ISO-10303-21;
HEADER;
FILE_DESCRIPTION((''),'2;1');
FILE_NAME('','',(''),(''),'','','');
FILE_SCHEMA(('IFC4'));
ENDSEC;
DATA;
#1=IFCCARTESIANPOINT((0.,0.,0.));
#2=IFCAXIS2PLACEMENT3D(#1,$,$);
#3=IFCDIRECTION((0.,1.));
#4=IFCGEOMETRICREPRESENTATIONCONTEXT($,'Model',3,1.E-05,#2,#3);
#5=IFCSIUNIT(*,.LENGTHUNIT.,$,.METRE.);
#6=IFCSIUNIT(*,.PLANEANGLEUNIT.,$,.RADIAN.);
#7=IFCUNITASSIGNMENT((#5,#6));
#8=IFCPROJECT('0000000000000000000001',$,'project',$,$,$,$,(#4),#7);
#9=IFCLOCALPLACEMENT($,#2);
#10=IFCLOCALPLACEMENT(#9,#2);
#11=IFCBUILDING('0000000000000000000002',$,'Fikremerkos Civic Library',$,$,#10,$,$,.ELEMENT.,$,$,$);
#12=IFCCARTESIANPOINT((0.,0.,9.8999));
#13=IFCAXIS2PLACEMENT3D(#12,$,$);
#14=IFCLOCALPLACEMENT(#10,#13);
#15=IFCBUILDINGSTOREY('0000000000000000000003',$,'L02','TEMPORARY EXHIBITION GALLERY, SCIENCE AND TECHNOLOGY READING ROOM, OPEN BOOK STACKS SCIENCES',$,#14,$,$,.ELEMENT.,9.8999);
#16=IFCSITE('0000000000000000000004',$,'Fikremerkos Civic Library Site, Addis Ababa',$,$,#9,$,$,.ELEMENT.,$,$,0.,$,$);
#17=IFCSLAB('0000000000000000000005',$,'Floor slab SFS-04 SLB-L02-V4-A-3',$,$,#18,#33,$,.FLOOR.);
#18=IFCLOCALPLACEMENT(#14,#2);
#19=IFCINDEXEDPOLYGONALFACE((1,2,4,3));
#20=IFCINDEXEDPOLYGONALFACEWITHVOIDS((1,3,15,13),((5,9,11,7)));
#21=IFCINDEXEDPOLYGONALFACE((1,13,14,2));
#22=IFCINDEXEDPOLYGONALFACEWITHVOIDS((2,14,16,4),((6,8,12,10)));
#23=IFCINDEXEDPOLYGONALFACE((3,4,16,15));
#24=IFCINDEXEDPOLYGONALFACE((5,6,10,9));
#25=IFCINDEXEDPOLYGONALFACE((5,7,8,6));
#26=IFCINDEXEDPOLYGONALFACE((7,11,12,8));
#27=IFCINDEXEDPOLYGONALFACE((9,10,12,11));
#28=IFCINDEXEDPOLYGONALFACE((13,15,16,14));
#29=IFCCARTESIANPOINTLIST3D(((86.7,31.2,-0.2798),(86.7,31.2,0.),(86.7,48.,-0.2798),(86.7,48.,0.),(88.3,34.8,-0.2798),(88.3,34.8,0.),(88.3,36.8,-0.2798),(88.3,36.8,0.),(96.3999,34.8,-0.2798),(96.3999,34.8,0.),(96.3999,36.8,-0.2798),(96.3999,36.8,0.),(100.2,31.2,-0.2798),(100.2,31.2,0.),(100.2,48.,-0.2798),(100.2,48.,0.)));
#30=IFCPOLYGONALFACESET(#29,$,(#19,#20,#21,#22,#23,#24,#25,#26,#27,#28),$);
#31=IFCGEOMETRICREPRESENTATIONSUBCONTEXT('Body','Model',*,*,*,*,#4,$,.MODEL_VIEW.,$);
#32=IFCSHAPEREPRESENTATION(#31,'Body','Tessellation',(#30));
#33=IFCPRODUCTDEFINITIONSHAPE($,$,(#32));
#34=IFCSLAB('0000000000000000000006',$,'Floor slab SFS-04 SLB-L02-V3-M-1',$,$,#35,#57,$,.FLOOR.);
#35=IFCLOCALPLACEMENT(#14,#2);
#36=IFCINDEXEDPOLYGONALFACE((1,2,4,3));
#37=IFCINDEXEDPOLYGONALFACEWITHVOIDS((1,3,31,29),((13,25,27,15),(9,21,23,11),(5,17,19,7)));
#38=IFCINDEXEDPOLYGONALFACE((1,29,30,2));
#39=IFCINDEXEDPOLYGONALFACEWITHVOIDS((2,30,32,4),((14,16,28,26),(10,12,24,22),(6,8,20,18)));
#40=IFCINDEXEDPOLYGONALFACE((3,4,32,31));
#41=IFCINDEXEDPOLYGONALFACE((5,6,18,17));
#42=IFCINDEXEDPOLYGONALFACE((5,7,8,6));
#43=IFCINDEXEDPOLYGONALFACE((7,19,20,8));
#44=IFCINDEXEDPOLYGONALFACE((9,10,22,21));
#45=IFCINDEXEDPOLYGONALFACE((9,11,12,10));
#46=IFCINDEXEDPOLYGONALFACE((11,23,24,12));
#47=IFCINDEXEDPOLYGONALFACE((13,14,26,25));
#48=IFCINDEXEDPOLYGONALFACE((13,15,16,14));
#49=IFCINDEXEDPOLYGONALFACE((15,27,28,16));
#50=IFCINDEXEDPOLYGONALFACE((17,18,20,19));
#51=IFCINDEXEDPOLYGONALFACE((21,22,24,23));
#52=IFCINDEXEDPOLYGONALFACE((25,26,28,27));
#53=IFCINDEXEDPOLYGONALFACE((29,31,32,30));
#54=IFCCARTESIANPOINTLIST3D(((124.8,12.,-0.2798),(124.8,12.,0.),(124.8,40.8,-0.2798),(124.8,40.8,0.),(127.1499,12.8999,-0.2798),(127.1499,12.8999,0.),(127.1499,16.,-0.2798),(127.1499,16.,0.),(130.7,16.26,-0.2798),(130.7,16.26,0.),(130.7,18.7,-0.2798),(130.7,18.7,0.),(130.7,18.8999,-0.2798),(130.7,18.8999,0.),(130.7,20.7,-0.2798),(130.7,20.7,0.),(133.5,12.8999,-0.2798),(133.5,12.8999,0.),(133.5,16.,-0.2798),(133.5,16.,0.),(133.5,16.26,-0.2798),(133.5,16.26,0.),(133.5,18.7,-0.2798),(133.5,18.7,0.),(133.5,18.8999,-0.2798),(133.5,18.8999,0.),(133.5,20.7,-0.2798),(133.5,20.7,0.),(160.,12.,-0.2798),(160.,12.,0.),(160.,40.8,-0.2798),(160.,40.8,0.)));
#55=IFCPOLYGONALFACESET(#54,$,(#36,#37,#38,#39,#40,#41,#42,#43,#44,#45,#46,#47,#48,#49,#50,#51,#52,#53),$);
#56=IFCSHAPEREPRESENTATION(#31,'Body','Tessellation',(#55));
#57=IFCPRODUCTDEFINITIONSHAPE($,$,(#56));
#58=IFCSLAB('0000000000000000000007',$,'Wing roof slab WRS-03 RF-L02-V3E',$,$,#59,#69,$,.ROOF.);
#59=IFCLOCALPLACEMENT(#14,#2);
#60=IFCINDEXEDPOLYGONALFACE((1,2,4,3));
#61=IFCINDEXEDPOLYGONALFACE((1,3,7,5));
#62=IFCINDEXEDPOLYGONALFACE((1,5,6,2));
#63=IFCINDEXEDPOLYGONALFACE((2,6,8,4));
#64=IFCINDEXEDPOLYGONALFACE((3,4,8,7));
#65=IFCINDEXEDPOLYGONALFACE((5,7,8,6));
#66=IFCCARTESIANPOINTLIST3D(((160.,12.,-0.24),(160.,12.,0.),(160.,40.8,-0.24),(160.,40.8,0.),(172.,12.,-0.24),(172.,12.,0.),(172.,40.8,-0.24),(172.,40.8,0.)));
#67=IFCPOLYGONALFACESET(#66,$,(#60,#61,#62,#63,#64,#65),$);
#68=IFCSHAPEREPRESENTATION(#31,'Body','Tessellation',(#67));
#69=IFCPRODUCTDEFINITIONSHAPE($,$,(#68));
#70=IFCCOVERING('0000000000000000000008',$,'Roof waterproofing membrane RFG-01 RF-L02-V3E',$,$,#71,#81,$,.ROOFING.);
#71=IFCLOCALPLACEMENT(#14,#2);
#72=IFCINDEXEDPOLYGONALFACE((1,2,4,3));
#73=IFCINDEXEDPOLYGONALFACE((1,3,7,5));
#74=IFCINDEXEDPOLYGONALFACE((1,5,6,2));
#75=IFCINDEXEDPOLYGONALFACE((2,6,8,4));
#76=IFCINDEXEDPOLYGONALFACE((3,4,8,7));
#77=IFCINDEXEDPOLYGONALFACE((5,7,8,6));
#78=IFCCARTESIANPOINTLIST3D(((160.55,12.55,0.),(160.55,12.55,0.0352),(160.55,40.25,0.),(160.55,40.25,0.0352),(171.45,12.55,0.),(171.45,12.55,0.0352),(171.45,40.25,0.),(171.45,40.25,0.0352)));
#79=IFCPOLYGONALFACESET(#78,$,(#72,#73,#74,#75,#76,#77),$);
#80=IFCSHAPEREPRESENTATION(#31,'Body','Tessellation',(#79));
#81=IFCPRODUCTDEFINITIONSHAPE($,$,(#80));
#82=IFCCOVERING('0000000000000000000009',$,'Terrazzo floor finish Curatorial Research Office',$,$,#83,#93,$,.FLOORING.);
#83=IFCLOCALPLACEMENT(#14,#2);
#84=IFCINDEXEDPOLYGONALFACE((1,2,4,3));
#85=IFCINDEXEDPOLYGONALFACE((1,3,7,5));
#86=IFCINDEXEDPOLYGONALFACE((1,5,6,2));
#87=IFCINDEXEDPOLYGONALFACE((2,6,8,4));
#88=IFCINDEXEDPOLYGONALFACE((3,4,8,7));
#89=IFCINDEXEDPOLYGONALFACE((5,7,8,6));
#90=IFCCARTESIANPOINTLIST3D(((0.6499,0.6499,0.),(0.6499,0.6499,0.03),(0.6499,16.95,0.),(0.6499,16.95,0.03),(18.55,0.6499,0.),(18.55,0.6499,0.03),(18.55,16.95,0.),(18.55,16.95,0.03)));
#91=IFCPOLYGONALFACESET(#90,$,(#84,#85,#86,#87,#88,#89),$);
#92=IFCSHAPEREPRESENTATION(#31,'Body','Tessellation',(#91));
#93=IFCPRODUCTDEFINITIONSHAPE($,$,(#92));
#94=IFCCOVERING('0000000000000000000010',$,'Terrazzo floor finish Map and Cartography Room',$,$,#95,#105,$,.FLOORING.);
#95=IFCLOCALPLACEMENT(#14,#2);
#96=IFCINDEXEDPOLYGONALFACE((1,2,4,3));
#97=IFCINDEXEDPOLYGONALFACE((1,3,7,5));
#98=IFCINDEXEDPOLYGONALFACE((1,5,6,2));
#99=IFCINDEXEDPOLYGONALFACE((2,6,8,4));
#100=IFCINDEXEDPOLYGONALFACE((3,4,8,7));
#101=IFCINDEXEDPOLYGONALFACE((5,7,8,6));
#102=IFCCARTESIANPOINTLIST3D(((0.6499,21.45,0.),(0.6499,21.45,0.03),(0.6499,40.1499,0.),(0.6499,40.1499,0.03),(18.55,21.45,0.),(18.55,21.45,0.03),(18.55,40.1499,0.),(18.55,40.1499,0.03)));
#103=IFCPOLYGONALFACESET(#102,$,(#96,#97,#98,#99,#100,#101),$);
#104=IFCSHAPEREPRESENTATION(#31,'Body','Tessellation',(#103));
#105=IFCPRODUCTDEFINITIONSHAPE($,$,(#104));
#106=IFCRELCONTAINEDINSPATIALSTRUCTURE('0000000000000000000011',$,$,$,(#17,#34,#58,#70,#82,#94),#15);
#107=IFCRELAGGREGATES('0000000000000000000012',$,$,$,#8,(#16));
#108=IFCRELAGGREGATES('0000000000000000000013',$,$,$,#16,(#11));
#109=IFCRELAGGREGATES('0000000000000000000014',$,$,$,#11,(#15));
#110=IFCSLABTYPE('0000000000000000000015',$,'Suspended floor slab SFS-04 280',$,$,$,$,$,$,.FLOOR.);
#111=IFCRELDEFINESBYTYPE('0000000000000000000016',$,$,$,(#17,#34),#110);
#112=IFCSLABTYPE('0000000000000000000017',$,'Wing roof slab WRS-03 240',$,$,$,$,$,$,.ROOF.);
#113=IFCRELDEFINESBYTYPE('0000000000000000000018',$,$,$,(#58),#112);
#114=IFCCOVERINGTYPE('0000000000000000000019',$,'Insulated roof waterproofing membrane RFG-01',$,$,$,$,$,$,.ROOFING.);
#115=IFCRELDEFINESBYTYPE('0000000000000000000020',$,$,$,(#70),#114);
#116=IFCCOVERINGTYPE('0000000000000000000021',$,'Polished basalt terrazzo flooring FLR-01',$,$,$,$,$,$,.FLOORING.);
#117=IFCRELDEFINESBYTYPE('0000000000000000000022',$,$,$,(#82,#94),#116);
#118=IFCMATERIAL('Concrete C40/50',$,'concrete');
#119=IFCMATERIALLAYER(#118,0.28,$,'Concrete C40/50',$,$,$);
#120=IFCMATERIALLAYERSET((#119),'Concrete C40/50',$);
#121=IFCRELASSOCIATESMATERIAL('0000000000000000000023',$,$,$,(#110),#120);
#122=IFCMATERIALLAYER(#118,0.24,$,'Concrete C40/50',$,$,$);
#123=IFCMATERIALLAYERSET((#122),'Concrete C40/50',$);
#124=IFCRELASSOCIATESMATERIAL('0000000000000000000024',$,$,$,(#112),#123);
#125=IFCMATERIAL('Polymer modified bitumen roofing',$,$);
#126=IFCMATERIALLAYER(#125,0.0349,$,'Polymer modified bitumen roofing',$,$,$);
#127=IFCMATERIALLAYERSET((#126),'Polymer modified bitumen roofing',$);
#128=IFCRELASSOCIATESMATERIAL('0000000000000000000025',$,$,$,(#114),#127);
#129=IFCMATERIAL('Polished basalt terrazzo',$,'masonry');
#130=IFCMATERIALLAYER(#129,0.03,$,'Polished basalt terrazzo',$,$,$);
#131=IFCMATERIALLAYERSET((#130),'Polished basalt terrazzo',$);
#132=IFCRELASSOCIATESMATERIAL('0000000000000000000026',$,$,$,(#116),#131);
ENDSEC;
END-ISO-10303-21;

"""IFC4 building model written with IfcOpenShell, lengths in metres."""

from ifc_helpers import new_model, si_unit, direction, frame, origin, place, context, subcontext, project, spatial, polyline, outline, extrude, material, layer, layer_set, type_object, element, save


model = new_model("IFC4")

# Units and contexts
model_context = context("Model", 3, precision=1e-05, world=origin(), true_north=direction((0.0, 1.0)))
body_context = subcontext(model_context, "Body", "Model", "MODEL_VIEW")
ifc_project = project(units=[si_unit("LENGTHUNIT", "METRE"), si_unit("PLANEANGLEUNIT", "RADIAN")], contexts=[model_context])

# Site, building, storey
site_placement = place(None, origin())
site = spatial("IfcSite", under=ifc_project, at=site_placement, Name="Fikremerkos Civic Library Site, Addis Ababa", CompositionType="ELEMENT", RefElevation=0.0)
building_placement = place(site_placement, origin())
building = spatial("IfcBuilding", under=site, at=building_placement, Name="Fikremerkos Civic Library", CompositionType="ELEMENT")
storey_placement = place(building_placement, frame((0.0, 0.0, 9.8999)))
storey = spatial("IfcBuildingStorey", under=building, at=storey_placement, Name="L02", Description="TEMPORARY EXHIBITION GALLERY, SCIENCE AND TECHNOLOGY READING ROOM, OPEN BOOK STACKS SCIENCES", CompositionType="ELEMENT", Elevation=9.8999)

# Shared definitions
ifc_material_1 = material(Name="Concrete C40/50", Category="concrete")

# Slabs
ifc_layer_1 = layer(ifc_material_1, 0.28, Name="Concrete C40/50")
ifc_layer_set_1 = layer_set([ifc_layer_1], Name="Concrete C40/50")
slab_type_1 = type_object("IfcSlabType", Name="Suspended floor slab SFS-04 280", PredefinedType="FLOOR", material=ifc_layer_set_1)
slab_1_placement = place(storey_placement, frame((0.0, 0.0, -0.2798)))
element("IfcSlab", 1, at=slab_1_placement, inside=storey, type_object=slab_type_1, Name="Floor slab SFS-04 SLB-L02-V4-A-3", PredefinedType="FLOOR", context=body_context, shape_type="SweptSolid", body=[
    extrude(outline(polyline([(86.7, 31.2), (100.2, 31.2), (100.2, 48.0), (86.7, 48.0), (86.7, 31.2)]), holes=[polyline([(88.3, 34.8), (96.3999, 34.8), (96.3999, 36.8), (88.3, 36.8), (88.3, 34.8)])]), origin(), (0.0, 0.0, 1.0), 0.2798),
])
slab_2_placement = place(storey_placement, frame((0.0, 0.0, -0.2798)))
element("IfcSlab", 2, at=slab_2_placement, inside=storey, type_object=slab_type_1, Name="Floor slab SFS-04 SLB-L02-V3-M-1", PredefinedType="FLOOR", context=body_context, shape_type="SweptSolid", body=[
    extrude(outline(polyline([(124.8, 12.0), (160.0, 12.0), (160.0, 40.8), (124.8, 40.8), (124.8, 12.0)]), holes=[polyline([(127.1499, 12.8999), (133.5, 12.8999), (133.5, 16.0), (127.1499, 16.0), (127.1499, 12.8999)]), polyline([(130.7, 16.26), (133.5, 16.26), (133.5, 18.7), (130.7, 18.7), (130.7, 16.26)]), polyline([(130.7, 18.8999), (133.5, 18.8999), (133.5, 20.7), (130.7, 20.7), (130.7, 18.8999)])]), origin(), (0.0, 0.0, 1.0), 0.2798),
])
ifc_layer_2 = layer(ifc_material_1, 0.24, Name="Concrete C40/50")
ifc_layer_set_2 = layer_set([ifc_layer_2], Name="Concrete C40/50")
slab_type_2 = type_object("IfcSlabType", Name="Wing roof slab WRS-03 240", PredefinedType="ROOF", material=ifc_layer_set_2)
slab_3_placement = place(storey_placement, frame((0.0, 0.0, -0.24)))
element("IfcSlab", 3, at=slab_3_placement, inside=storey, type_object=slab_type_2, Name="Wing roof slab WRS-03 RF-L02-V3E", PredefinedType="ROOF", context=body_context, shape_type="SweptSolid", body=[
    extrude(outline(polyline([(160.0, 12.0), (172.0, 12.0), (172.0, 40.8), (160.0, 40.8), (160.0, 12.0)])), origin(), (0.0, 0.0, 1.0), 0.24),
])

# Coverings
ifc_material_2 = material(Name="Polymer modified bitumen roofing")
ifc_layer_3 = layer(ifc_material_2, 0.0349, Name="Polymer modified bitumen roofing")
ifc_layer_set_3 = layer_set([ifc_layer_3], Name="Polymer modified bitumen roofing")
covering_type_1 = type_object("IfcCoveringType", Name="Insulated roof waterproofing membrane RFG-01", PredefinedType="ROOFING", material=ifc_layer_set_3)
covering_1_placement = place(storey_placement, origin())
element("IfcCovering", 4, at=covering_1_placement, inside=storey, type_object=covering_type_1, Name="Roof waterproofing membrane RFG-01 RF-L02-V3E", PredefinedType="ROOFING", context=body_context, shape_type="SweptSolid", body=[
    extrude(outline(polyline([(160.55, 12.55), (171.45, 12.55), (171.45, 40.25), (160.55, 40.25), (160.55, 12.55)])), origin(), (0.0, 0.0, 1.0), 0.0352),
])
ifc_material_3 = material(Name="Polished basalt terrazzo", Category="masonry")
ifc_layer_4 = layer(ifc_material_3, 0.03, Name="Polished basalt terrazzo")
ifc_layer_set_4 = layer_set([ifc_layer_4], Name="Polished basalt terrazzo")
covering_type_2 = type_object("IfcCoveringType", Name="Polished basalt terrazzo flooring FLR-01", PredefinedType="FLOORING", material=ifc_layer_set_4)
covering_2_placement = place(storey_placement, origin())
element("IfcCovering", 5, at=covering_2_placement, inside=storey, type_object=covering_type_2, Name="Terrazzo floor finish Curatorial Research Office", PredefinedType="FLOORING", context=body_context, shape_type="SweptSolid", body=[
    extrude(outline(polyline([(0.6499, 16.95), (18.55, 16.95), (18.55, 0.6499), (0.6499, 0.6499), (0.6499, 16.95)])), origin(), (0.0, 0.0, 1.0), 0.03),
])
covering_3_placement = place(storey_placement, origin())
element("IfcCovering", 6, at=covering_3_placement, inside=storey, type_object=covering_type_2, Name="Terrazzo floor finish Map and Cartography Room", PredefinedType="FLOORING", context=body_context, shape_type="SweptSolid", body=[
    extrude(outline(polyline([(0.6499, 40.1499), (18.55, 40.1499), (18.55, 21.45), (0.6499, 21.45), (0.6499, 40.1499)])), origin(), (0.0, 0.0, 1.0), 0.03),
])

save(model, "model.ifc")
